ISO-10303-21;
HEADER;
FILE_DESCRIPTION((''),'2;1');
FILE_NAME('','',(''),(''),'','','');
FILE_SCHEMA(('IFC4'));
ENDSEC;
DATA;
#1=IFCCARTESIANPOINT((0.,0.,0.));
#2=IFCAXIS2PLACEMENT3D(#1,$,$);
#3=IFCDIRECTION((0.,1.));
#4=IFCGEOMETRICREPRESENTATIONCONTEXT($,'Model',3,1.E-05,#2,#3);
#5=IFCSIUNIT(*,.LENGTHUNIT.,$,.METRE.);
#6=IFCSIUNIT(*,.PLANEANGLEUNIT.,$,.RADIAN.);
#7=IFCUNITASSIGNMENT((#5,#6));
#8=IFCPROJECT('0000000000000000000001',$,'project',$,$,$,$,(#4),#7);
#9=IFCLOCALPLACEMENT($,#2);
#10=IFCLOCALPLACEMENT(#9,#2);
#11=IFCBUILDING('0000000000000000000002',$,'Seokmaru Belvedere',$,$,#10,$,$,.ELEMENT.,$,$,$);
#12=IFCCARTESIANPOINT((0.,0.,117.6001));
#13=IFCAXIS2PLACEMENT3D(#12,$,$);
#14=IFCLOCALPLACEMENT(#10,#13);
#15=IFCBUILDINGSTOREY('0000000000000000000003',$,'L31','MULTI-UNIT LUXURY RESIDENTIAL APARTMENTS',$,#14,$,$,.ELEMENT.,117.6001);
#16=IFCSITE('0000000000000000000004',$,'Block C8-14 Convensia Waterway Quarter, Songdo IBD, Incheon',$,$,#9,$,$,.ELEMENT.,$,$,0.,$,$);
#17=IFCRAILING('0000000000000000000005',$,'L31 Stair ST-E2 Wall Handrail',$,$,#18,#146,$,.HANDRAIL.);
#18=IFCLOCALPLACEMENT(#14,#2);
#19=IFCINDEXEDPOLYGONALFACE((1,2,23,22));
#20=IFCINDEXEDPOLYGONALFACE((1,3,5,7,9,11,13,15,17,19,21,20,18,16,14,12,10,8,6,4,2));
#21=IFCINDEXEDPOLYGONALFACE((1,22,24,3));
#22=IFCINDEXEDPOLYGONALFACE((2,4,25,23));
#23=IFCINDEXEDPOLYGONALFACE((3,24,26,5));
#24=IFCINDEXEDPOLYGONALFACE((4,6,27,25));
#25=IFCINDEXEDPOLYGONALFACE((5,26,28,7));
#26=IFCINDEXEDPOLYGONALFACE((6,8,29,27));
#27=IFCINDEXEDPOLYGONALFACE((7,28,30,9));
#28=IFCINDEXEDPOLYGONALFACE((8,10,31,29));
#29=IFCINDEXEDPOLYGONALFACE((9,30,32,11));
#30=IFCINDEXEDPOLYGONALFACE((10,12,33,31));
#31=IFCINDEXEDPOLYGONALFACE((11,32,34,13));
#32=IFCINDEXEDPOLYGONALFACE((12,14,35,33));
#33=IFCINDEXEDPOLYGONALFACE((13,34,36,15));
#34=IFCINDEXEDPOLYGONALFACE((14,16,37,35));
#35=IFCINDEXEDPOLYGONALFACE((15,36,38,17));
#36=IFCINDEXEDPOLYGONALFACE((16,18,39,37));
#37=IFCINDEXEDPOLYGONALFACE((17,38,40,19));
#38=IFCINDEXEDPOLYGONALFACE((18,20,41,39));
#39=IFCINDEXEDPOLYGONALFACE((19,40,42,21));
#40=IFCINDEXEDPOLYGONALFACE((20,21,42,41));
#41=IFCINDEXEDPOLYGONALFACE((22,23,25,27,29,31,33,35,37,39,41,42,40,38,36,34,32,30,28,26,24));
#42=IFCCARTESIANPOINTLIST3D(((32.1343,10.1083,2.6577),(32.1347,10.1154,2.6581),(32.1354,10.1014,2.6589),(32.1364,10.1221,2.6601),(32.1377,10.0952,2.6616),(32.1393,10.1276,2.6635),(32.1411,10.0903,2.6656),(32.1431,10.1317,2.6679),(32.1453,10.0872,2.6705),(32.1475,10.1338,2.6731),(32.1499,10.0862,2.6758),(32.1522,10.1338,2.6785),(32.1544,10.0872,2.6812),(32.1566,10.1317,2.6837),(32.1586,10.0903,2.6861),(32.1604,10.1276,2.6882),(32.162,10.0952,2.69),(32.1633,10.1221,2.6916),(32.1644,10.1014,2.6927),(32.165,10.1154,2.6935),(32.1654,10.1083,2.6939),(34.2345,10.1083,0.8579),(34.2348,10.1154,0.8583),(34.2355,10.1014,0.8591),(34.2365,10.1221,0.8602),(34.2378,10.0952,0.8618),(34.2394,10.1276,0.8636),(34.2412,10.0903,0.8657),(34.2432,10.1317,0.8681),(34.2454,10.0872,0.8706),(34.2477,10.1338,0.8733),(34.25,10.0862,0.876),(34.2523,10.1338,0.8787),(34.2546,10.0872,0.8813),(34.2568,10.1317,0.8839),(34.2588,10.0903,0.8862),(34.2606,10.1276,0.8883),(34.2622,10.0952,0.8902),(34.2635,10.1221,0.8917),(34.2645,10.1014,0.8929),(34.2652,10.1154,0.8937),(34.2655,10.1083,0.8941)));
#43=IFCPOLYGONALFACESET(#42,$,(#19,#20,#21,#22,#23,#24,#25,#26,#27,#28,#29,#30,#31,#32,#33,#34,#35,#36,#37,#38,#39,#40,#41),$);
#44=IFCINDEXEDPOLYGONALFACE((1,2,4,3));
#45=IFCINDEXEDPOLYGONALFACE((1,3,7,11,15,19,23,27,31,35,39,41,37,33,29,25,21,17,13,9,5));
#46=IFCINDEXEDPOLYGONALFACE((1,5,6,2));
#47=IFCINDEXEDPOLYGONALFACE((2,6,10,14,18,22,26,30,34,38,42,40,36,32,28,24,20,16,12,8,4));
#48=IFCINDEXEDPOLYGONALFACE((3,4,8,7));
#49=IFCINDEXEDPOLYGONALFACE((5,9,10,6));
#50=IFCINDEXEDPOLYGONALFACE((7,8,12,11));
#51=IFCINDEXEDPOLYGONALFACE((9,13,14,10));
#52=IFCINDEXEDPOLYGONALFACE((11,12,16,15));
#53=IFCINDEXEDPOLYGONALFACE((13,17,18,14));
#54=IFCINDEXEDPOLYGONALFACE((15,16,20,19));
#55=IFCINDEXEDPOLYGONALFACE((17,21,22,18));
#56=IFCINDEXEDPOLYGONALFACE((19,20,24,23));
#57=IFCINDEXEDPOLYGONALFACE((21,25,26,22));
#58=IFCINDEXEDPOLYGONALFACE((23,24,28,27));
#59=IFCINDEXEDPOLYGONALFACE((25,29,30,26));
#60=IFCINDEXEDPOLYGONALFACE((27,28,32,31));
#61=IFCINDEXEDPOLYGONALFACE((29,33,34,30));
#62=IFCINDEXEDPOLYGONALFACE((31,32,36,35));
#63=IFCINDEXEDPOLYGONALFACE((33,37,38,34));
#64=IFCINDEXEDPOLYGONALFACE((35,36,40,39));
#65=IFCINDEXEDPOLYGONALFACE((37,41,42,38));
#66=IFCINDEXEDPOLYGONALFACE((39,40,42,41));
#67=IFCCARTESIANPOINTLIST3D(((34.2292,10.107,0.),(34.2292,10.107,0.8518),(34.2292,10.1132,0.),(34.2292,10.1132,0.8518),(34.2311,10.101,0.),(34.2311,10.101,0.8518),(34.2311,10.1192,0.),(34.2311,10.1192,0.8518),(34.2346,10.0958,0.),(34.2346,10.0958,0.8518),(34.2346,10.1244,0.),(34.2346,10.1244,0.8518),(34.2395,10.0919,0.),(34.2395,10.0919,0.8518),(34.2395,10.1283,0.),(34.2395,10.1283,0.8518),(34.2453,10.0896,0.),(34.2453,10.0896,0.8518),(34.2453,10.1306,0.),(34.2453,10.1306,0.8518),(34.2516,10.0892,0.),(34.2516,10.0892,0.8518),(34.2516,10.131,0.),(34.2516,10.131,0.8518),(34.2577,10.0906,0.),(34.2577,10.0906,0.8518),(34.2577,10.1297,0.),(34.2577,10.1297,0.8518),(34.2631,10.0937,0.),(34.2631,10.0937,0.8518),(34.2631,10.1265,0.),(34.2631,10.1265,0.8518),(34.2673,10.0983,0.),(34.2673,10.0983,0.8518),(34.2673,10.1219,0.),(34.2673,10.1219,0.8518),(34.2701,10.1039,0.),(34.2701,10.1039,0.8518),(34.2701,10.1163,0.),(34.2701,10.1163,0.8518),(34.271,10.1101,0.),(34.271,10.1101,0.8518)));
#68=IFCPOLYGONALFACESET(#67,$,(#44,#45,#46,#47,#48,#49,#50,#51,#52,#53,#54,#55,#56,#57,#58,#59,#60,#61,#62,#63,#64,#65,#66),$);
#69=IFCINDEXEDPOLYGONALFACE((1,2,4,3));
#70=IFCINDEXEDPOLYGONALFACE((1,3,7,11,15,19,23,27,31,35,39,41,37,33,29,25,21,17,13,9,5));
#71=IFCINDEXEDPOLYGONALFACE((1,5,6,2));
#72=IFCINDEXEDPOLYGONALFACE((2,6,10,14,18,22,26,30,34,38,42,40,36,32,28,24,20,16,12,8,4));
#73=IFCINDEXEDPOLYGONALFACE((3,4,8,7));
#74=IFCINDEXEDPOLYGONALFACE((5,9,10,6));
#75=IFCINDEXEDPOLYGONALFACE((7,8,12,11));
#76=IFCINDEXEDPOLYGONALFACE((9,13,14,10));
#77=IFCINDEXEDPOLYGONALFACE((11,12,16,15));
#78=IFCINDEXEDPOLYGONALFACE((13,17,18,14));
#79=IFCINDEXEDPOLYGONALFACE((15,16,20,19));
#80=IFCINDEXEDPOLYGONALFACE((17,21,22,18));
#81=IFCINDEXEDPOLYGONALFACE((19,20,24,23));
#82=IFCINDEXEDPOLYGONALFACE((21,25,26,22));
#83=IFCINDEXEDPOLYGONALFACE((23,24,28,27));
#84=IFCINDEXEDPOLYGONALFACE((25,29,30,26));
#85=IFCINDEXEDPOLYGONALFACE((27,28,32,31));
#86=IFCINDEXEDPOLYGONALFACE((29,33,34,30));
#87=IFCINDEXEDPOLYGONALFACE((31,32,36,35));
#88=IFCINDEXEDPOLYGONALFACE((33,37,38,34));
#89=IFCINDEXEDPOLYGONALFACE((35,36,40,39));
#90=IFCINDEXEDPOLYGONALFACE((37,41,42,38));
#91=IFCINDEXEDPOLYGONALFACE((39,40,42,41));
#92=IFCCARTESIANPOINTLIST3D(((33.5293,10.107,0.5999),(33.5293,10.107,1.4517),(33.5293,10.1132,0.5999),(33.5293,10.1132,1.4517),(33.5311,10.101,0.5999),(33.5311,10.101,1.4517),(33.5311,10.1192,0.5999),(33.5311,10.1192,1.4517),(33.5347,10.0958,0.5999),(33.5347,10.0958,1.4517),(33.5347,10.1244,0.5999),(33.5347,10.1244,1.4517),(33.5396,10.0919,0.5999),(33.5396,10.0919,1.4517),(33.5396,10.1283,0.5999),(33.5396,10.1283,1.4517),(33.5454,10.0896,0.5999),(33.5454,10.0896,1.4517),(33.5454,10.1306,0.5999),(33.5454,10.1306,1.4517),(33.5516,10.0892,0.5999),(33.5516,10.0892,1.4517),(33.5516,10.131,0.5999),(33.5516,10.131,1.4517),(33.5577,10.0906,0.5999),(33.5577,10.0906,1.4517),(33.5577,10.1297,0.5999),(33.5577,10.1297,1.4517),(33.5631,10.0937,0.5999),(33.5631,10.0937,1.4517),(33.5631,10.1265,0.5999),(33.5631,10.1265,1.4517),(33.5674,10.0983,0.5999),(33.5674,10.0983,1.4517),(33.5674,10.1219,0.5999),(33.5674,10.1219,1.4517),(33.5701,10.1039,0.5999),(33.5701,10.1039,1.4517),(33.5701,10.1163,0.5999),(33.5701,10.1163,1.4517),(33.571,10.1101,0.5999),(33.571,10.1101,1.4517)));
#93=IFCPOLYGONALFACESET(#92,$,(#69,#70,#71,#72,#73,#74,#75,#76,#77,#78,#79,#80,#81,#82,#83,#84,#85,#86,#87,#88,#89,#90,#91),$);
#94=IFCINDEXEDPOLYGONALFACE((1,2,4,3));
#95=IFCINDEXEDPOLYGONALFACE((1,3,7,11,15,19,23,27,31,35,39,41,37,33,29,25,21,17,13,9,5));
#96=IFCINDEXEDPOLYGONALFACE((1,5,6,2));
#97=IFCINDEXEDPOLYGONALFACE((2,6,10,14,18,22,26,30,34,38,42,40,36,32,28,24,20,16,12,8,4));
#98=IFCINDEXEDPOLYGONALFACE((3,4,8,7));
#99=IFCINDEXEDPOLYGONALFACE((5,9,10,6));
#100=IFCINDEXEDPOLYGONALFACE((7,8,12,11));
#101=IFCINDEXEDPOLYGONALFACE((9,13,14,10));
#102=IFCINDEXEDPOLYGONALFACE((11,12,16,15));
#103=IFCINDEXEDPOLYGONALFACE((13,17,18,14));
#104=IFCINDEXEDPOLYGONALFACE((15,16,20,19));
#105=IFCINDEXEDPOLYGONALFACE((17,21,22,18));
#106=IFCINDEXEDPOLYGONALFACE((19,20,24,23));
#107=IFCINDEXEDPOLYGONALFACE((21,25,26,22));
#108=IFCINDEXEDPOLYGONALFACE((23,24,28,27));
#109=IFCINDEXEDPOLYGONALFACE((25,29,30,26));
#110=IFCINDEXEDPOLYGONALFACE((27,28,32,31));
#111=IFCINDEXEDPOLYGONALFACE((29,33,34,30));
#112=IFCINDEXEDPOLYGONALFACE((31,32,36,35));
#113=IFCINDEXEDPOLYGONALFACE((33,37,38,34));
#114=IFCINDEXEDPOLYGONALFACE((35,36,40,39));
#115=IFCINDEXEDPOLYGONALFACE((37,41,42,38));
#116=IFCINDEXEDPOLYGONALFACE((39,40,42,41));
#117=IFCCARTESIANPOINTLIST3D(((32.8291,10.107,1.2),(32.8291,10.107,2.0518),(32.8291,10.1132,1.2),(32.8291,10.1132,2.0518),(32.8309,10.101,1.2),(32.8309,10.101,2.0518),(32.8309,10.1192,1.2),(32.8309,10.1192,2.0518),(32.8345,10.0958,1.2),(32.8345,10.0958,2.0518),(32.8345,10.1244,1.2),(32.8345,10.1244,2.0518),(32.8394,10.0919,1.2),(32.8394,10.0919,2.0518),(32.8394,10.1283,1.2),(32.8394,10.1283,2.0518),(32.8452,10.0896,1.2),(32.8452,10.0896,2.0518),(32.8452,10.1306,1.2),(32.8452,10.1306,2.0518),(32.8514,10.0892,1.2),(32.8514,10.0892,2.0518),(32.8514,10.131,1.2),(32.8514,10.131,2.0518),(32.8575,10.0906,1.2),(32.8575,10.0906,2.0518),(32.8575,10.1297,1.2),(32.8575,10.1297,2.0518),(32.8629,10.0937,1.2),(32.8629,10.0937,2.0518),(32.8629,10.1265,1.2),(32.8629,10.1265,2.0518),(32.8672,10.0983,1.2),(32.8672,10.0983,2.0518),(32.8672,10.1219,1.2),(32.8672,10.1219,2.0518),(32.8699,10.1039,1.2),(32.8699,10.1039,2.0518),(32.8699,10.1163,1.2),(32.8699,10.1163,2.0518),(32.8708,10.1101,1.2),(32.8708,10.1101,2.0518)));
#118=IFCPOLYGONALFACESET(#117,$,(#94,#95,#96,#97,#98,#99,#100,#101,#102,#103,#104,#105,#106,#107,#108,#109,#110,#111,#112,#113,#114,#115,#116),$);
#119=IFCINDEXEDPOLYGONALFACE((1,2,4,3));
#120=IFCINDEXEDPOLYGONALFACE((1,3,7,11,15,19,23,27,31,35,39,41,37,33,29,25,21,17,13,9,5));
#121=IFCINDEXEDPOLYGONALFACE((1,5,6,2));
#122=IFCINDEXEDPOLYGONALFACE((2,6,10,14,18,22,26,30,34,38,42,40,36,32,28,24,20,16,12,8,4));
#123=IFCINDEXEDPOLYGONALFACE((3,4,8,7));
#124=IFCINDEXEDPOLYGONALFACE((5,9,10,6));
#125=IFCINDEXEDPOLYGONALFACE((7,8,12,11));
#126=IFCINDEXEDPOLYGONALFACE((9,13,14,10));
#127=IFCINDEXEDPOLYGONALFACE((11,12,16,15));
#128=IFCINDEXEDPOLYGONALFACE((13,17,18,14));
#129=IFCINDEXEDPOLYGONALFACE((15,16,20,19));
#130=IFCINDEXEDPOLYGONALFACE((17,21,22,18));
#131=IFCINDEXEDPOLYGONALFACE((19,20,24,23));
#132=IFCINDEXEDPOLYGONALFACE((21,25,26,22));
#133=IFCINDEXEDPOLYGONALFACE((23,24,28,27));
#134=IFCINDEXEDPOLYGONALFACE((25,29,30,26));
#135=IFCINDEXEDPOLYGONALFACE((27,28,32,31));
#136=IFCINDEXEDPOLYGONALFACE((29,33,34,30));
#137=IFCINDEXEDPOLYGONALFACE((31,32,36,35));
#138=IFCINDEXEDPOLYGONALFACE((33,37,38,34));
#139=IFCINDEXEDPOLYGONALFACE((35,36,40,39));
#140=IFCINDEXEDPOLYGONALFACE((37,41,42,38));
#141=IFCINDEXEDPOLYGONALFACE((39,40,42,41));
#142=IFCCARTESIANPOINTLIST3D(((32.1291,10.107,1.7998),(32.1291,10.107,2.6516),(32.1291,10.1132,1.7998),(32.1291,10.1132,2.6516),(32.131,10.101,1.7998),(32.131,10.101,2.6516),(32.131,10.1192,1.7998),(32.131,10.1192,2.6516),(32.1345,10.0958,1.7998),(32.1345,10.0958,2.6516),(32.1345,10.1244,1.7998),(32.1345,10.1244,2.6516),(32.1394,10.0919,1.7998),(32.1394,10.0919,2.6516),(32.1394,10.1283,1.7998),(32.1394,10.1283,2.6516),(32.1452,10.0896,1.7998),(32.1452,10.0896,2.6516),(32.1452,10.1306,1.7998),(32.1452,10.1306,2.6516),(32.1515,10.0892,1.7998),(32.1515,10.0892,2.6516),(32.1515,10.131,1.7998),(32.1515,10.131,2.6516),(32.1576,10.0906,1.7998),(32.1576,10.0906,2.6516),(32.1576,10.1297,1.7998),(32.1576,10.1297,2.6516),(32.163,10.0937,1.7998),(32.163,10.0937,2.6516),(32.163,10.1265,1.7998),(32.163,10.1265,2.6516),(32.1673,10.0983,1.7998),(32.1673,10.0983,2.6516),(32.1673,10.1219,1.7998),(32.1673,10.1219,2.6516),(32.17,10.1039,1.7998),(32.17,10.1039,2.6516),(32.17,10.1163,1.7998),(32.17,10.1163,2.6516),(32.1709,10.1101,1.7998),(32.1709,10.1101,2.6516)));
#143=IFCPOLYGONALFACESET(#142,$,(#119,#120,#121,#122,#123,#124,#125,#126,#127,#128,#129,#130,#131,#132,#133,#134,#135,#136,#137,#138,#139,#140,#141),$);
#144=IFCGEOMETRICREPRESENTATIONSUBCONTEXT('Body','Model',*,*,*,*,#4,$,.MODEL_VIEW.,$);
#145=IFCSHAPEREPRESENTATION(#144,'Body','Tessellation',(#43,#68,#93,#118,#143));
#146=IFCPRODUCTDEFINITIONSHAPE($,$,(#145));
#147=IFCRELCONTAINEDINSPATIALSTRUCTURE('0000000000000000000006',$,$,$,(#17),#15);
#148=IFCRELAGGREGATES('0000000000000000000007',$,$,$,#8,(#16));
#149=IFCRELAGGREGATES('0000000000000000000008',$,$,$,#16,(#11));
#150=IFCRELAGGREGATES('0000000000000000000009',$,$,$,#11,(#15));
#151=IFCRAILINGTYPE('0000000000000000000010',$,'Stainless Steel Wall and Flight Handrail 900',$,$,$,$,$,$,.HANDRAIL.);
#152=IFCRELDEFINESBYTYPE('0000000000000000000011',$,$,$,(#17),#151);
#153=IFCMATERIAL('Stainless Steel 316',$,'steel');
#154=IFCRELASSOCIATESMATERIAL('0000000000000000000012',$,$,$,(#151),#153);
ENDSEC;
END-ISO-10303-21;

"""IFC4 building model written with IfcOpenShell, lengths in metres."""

from ifc_helpers import new_model, si_unit, direction, frame, origin, origin_2d, place, context, subcontext, project, spatial, circle, extrude, material, type_object, element, save


model = new_model("IFC4")

# Units and contexts
model_context = context("Model", 3, precision=1e-05, world=origin(), true_north=direction((0.0, 1.0)))
body_context = subcontext(model_context, "Body", "Model", "MODEL_VIEW")
ifc_project = project(units=[si_unit("LENGTHUNIT", "METRE"), si_unit("PLANEANGLEUNIT", "RADIAN")], contexts=[model_context])

# Site, building, storey
site_placement = place(None, origin())
site = spatial("IfcSite", under=ifc_project, at=site_placement, Name="Block C8-14 Convensia Waterway Quarter, Songdo IBD, Incheon", CompositionType="ELEMENT", RefElevation=0.0)
building_placement = place(site_placement, origin())
building = spatial("IfcBuilding", under=site, at=building_placement, Name="Seokmaru Belvedere", CompositionType="ELEMENT")
storey_placement = place(building_placement, frame((0.0, 0.0, 117.6001)))
storey = spatial("IfcBuildingStorey", under=building, at=storey_placement, Name="L31", Description="MULTI-UNIT LUXURY RESIDENTIAL APARTMENTS", CompositionType="ELEMENT", Elevation=117.6001)

# Railing
ifc_material_1 = material(Name="Stainless Steel 316", Category="steel")
railing_type_1 = type_object("IfcRailingType", Name="Stainless Steel Wall and Flight Handrail 900", PredefinedType="HANDRAIL", material=ifc_material_1)
railing_1_placement = place(storey_placement, frame((34.25, 10.1101, 0.0)))
element("IfcRailing", 1, at=railing_1_placement, inside=storey, type_object=railing_type_1, Name="L31 Stair ST-E2 Wall Handrail", PredefinedType="HANDRAIL", context=body_context, shape_type="SweptSolid", body=[
    extrude(circle(Radius=0.0239, at=origin_2d()), frame((0.0, 0.0, 0.876), z_axis=(-0.759306, 0.0, 0.650733), x_axis=(0.0, -1.0, 0.0)), (0.0, 0.0, 1.0), 2.7659),
    extrude(circle(Radius=0.021, at=origin_2d()), origin(), (0.0, 0.0, 1.0), 0.8518),
    extrude(circle(Radius=0.021, at=origin_2d()), frame((-0.7, 0.0, 0.5999)), (0.0, 0.0, 1.0), 0.8518),
    extrude(circle(Radius=0.021, at=origin_2d()), frame((-1.4001, 0.0, 1.2)), (0.0, 0.0, 1.0), 0.8518),
    extrude(circle(Radius=0.021, at=origin_2d()), frame((-2.1001, 0.0, 1.7998)), (0.0, 0.0, 1.0), 0.8518),
])

save(model, "model.ifc")
